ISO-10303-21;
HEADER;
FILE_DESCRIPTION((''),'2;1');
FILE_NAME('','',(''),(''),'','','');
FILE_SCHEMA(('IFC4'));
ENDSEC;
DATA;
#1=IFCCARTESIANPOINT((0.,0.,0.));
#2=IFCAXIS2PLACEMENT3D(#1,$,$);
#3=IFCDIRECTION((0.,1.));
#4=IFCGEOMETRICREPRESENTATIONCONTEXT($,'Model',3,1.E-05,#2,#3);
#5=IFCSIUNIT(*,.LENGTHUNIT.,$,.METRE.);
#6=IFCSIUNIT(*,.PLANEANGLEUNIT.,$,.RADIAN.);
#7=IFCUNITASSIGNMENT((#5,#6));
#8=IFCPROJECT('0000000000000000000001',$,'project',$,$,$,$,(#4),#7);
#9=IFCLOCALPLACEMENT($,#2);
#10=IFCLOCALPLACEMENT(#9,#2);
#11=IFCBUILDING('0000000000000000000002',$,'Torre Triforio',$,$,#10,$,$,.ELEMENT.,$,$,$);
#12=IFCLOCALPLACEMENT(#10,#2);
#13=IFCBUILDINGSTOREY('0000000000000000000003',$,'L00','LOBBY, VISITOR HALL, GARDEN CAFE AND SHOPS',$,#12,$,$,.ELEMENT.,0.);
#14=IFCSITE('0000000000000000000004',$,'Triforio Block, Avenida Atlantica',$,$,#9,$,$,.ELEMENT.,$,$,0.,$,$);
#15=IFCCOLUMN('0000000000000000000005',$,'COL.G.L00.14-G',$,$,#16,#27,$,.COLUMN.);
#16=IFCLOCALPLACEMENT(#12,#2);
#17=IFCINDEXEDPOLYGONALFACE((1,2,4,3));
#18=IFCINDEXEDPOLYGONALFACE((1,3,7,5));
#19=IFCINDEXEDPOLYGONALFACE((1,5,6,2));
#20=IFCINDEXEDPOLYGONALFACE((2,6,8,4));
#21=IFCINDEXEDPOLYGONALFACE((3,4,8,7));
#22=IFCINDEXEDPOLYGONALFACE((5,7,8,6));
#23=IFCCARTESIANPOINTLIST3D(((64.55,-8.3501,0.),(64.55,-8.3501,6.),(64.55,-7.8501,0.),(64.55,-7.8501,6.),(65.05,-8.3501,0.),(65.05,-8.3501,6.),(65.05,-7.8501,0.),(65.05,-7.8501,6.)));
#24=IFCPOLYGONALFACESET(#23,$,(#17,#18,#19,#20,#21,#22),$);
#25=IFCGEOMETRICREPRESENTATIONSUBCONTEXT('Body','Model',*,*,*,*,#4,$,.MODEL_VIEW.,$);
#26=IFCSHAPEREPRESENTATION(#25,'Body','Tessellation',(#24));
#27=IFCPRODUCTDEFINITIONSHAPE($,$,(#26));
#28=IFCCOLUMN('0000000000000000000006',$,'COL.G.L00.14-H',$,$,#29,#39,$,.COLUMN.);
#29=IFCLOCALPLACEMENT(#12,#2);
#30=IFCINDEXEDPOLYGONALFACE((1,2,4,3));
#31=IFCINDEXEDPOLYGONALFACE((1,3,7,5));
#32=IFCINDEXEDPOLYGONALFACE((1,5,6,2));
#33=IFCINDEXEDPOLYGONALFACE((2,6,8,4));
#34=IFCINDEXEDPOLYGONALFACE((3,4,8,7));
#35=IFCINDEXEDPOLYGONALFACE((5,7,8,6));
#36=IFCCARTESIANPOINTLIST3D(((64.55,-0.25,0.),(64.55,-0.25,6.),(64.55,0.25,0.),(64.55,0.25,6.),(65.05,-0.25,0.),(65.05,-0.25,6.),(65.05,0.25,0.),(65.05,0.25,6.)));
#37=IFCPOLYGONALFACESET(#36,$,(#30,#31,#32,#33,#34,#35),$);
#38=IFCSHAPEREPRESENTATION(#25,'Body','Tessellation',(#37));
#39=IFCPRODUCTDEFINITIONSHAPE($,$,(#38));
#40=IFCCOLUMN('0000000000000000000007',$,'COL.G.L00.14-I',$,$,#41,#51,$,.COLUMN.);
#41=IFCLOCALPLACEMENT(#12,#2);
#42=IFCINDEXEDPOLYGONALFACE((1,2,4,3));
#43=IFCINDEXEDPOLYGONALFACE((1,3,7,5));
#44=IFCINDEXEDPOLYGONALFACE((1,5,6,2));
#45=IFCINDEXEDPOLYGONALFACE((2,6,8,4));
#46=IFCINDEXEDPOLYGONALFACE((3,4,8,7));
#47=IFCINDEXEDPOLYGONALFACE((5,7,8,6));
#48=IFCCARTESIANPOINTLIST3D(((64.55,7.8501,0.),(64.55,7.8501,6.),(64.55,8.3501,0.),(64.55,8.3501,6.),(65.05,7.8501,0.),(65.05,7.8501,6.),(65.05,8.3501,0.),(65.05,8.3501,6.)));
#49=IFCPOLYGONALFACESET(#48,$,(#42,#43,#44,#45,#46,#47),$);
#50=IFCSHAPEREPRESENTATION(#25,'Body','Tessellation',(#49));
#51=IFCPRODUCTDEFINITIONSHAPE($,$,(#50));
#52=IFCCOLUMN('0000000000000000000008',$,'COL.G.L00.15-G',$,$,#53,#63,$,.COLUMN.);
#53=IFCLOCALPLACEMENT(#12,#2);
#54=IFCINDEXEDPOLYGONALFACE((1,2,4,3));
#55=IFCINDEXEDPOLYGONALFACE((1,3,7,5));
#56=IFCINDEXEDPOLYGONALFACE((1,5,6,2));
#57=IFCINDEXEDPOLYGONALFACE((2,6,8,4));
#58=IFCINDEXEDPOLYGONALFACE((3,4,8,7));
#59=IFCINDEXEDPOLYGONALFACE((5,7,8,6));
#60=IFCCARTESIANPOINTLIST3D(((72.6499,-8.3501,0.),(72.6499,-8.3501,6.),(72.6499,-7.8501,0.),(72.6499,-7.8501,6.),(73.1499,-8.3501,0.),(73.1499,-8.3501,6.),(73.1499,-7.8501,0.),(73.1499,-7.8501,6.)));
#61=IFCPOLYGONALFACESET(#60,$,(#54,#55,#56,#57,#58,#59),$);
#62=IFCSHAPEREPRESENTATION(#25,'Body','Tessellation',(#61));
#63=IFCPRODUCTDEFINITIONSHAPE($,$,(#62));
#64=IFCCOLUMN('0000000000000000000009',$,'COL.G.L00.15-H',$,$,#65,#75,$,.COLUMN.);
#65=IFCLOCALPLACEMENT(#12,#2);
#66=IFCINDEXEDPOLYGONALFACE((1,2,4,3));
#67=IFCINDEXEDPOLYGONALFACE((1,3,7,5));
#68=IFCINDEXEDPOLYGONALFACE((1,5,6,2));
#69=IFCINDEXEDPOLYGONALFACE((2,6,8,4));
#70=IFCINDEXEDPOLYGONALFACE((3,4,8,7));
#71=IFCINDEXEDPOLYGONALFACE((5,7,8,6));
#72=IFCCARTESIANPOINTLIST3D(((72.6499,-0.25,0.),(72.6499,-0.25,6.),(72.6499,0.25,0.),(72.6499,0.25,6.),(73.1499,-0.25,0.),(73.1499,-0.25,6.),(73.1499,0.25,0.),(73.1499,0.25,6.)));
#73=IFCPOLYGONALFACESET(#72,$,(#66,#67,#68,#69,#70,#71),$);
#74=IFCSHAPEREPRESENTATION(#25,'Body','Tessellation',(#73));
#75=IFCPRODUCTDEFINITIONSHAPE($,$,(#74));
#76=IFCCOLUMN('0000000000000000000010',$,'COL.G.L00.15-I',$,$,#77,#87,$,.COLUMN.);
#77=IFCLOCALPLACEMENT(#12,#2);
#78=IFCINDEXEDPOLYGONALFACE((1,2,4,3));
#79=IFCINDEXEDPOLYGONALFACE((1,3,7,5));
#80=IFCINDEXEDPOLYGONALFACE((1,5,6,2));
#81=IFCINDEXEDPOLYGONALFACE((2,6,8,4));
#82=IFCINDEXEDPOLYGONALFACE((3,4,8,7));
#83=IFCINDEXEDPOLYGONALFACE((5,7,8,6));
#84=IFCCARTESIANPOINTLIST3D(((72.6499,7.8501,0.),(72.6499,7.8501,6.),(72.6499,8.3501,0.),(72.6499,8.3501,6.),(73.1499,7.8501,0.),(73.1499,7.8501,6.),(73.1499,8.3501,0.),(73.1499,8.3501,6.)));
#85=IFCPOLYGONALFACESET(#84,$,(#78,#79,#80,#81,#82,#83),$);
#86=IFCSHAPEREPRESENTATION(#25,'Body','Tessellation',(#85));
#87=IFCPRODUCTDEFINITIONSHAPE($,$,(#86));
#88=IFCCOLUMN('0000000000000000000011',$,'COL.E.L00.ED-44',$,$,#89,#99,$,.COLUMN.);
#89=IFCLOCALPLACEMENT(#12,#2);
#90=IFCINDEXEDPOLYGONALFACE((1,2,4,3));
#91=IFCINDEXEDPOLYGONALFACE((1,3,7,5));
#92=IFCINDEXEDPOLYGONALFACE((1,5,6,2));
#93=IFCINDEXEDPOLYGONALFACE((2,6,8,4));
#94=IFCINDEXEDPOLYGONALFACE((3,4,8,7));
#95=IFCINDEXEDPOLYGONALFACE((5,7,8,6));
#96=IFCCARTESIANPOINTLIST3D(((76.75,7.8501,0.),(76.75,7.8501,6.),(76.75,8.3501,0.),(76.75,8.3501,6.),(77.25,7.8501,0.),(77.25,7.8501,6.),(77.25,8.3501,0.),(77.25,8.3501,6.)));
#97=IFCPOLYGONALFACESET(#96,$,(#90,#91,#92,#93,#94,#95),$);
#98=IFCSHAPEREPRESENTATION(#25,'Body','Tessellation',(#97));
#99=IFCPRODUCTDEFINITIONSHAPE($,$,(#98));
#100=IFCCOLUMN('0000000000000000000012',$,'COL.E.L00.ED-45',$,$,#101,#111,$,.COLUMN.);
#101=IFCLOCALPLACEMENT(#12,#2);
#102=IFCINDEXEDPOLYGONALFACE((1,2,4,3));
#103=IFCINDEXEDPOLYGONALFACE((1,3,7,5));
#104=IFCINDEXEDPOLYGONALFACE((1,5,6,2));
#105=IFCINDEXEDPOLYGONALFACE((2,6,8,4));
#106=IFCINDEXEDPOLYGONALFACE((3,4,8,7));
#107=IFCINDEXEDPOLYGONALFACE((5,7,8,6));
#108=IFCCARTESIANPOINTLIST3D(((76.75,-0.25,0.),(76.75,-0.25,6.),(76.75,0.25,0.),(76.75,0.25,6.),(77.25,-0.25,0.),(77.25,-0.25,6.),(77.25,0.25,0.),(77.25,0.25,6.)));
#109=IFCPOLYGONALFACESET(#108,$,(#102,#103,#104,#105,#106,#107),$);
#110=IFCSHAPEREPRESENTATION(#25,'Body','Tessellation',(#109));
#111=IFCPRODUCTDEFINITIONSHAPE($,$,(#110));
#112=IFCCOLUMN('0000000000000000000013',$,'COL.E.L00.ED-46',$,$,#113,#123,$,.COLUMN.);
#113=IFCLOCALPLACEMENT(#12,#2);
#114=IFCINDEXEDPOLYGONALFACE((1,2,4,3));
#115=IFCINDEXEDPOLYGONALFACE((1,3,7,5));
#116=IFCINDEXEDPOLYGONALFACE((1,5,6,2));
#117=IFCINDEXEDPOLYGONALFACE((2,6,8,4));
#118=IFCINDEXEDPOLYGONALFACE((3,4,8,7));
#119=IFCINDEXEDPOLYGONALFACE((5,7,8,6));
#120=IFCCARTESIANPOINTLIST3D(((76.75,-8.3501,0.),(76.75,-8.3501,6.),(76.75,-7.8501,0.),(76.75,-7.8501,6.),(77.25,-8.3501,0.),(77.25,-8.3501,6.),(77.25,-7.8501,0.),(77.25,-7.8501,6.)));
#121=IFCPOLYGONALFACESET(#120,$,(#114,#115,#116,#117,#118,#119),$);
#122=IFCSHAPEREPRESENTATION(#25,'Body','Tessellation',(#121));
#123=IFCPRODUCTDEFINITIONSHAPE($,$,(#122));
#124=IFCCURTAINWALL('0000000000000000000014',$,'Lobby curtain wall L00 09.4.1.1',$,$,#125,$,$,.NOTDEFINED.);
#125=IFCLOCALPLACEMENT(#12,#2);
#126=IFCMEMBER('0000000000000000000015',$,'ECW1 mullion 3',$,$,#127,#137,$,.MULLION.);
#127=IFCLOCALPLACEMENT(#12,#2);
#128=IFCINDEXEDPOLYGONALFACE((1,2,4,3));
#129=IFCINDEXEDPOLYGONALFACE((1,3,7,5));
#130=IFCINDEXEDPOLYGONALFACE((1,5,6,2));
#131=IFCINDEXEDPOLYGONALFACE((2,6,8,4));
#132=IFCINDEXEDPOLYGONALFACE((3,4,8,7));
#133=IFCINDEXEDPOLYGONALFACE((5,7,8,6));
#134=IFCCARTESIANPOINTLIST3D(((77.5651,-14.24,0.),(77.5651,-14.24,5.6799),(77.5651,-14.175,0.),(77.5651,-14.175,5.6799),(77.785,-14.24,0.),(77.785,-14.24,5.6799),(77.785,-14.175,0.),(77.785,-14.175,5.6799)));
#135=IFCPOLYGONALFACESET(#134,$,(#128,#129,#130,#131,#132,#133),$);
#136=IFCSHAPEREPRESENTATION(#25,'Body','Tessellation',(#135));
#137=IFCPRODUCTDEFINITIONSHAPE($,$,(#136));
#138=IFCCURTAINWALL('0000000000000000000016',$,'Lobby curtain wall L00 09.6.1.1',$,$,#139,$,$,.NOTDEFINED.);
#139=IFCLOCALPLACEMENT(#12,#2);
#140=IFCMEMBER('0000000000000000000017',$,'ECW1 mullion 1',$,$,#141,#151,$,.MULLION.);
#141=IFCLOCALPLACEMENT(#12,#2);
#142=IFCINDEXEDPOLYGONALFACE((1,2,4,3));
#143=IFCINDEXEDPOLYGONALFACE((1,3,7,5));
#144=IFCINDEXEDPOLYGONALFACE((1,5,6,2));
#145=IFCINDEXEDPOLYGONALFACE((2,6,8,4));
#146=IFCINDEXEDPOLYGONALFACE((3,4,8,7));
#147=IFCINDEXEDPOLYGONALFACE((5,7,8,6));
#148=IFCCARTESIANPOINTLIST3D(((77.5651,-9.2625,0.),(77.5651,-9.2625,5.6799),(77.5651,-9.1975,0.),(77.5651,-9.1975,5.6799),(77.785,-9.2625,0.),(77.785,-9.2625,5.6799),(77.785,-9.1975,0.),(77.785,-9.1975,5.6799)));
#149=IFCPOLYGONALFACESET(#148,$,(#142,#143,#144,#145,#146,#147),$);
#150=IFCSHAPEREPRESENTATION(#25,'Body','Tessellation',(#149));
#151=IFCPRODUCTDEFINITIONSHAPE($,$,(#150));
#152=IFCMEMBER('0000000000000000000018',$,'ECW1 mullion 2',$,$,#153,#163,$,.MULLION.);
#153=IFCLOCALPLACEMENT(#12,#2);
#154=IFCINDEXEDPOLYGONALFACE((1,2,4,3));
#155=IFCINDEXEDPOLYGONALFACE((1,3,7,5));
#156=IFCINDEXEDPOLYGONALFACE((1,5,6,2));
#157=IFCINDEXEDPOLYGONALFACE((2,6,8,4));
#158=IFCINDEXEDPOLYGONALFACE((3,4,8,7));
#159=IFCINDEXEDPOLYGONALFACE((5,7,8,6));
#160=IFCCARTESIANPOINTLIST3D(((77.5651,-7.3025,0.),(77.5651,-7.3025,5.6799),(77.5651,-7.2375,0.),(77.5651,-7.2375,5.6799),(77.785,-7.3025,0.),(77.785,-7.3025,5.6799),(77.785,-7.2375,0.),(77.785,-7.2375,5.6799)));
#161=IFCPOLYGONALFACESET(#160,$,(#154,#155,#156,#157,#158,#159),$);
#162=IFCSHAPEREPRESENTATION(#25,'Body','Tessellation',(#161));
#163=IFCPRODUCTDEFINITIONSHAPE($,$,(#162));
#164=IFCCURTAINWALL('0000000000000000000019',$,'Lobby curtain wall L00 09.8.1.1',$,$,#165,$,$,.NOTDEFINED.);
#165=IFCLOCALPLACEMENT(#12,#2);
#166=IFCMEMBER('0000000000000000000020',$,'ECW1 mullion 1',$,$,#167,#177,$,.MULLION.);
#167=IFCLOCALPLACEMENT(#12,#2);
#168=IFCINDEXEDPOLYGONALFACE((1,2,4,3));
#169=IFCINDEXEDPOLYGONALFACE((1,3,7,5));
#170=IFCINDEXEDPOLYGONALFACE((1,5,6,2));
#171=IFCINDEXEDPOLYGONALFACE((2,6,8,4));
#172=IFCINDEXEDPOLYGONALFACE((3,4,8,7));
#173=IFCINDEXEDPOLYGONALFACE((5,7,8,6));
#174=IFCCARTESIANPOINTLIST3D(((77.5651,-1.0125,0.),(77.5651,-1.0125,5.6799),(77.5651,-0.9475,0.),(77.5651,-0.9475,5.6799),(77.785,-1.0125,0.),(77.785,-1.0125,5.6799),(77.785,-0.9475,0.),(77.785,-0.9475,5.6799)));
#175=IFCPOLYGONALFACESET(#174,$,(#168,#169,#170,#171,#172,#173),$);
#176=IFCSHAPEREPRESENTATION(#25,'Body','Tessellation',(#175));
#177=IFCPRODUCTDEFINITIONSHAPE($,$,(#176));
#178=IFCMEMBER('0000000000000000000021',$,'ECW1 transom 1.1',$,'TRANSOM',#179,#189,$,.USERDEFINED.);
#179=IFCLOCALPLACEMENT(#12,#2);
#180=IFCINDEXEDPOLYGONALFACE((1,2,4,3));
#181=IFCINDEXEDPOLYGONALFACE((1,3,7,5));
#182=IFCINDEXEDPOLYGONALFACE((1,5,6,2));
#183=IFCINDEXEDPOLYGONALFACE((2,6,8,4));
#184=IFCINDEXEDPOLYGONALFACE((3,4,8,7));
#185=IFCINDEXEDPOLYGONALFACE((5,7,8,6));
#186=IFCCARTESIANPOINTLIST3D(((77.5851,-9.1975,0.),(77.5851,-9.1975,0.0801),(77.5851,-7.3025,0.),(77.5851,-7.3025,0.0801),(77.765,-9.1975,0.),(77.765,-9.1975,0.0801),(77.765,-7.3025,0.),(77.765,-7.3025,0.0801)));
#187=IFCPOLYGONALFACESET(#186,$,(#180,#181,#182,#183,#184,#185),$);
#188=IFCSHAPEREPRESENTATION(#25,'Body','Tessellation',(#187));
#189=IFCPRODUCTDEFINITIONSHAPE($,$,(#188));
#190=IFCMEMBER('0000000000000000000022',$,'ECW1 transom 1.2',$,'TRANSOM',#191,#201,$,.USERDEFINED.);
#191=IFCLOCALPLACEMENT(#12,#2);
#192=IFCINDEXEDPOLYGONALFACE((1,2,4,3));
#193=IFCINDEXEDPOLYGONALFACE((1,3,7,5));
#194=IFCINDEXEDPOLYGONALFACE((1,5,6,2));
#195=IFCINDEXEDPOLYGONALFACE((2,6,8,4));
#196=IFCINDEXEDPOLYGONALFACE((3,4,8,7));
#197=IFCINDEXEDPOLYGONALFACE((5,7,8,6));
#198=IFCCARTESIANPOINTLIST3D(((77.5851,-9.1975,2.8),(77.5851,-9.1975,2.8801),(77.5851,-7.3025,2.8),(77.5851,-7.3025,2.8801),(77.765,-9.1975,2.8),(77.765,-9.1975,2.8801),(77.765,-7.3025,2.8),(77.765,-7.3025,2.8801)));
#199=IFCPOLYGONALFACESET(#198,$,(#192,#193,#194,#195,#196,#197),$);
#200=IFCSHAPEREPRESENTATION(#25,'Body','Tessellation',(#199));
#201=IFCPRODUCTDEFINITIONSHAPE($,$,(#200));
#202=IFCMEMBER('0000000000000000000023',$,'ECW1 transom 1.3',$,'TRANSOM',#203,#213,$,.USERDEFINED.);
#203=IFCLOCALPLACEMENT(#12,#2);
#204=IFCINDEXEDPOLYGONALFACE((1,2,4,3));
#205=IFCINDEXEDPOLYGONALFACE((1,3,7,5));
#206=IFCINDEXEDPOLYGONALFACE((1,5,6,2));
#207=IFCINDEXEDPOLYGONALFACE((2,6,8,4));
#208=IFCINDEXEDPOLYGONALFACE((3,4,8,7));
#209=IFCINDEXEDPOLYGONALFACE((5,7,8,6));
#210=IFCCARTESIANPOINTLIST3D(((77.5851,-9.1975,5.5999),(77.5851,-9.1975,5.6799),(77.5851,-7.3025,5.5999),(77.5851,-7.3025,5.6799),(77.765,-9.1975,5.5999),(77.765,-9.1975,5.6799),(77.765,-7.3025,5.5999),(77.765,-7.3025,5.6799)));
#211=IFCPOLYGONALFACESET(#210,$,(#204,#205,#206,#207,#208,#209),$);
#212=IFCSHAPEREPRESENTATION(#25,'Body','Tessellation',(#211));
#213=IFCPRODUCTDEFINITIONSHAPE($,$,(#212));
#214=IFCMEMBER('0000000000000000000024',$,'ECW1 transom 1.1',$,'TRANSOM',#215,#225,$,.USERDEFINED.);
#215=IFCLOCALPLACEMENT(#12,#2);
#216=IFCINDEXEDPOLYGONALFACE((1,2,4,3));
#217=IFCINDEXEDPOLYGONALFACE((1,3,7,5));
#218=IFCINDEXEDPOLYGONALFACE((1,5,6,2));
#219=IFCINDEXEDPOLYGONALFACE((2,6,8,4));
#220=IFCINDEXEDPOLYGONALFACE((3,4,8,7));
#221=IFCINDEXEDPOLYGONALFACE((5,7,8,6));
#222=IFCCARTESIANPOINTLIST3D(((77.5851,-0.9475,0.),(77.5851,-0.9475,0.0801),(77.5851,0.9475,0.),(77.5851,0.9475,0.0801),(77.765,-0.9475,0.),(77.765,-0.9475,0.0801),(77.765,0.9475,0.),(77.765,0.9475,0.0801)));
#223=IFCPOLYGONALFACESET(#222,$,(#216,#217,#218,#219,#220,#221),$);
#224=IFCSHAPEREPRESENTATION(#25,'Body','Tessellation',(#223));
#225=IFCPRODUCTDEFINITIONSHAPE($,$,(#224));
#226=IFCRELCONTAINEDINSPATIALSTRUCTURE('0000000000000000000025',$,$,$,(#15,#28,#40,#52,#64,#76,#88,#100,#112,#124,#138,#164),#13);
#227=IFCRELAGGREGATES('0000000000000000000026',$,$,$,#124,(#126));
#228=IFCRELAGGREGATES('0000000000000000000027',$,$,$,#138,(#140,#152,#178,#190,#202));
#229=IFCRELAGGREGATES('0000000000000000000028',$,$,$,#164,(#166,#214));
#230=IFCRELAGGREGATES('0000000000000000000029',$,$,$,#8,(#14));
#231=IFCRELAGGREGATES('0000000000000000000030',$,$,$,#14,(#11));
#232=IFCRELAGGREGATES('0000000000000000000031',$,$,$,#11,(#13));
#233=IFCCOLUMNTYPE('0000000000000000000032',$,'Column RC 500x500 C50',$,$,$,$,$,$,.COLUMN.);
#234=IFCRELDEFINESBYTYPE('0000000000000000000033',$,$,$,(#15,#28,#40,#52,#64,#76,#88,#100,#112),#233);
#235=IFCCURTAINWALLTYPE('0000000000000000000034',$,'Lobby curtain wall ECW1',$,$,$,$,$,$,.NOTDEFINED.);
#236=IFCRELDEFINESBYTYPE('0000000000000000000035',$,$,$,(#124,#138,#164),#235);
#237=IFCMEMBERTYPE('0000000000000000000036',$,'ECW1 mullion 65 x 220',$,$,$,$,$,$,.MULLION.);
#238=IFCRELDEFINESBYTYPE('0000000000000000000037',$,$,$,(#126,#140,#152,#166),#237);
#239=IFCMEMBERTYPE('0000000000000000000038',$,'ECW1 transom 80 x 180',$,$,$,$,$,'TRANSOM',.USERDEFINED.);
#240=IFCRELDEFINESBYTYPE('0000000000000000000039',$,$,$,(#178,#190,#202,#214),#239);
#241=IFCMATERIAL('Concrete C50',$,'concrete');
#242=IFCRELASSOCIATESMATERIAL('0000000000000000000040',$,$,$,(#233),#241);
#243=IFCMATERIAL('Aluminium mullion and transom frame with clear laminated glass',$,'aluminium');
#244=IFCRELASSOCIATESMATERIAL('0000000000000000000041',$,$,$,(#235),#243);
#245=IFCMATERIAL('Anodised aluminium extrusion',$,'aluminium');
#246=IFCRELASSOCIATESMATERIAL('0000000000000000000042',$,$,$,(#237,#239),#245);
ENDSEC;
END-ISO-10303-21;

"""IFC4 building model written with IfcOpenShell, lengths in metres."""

from ifc_helpers import new_model, si_unit, direction, frame, origin, origin_2d, place, context, subcontext, project, spatial, rectangle, extrude, material, material_profile, profile_set, type_object, element, aggregate, save


model = new_model("IFC4")

# Units and contexts
model_context = context("Model", 3, precision=1e-05, world=origin(), true_north=direction((0.0, 1.0)))
body_context = subcontext(model_context, "Body", "Model", "MODEL_VIEW")
ifc_project = project(units=[si_unit("LENGTHUNIT", "METRE"), si_unit("PLANEANGLEUNIT", "RADIAN")], contexts=[model_context])

# Site, building, storey
site_placement = place(None, origin())
site = spatial("IfcSite", under=ifc_project, at=site_placement, Name="Triforio Block, Avenida Atlantica", CompositionType="ELEMENT", RefElevation=0.0)
building_placement = place(site_placement, origin())
building = spatial("IfcBuilding", under=site, at=building_placement, Name="Torre Triforio", CompositionType="ELEMENT")
storey_placement = place(building_placement, origin())
storey = spatial("IfcBuildingStorey", under=building, at=storey_placement, Name="L00", Description="LOBBY, VISITOR HALL, GARDEN CAFE AND SHOPS", CompositionType="ELEMENT", Elevation=0.0)

# Columns
ifc_material_1 = material(Name="Concrete C50", Category="concrete")
ifc_material_profile_1 = material_profile(ifc_material_1, rectangle(XDim=0.5, YDim=0.5, at=origin_2d()), Name="RC 500x500")
ifc_profile_set_1 = profile_set([ifc_material_profile_1], Name="Concrete C50")
column_type = type_object("IfcColumnType", Name="Column RC 500x500 C50", PredefinedType="COLUMN", material=ifc_profile_set_1)
for number, where, z_axis, x_axis, name in (
    (1, (64.8, -8.1001, 0.0), (0.0, 0.0, 1.0), (1.0, 0.0, 0.0), "COL.G.L00.14-G"),
    (2, (64.8, 0.0, 0.0), (0.0, 0.0, 1.0), (1.0, 0.0, 0.0), "COL.G.L00.14-H"),
    (3, (64.8, 8.1001, 0.0), (0.0, 0.0, 1.0), (1.0, 0.0, 0.0), "COL.G.L00.14-I"),
    (4, (72.8999, -8.1001, 0.0), (0.0, 0.0, 1.0), (1.0, 0.0, 0.0), "COL.G.L00.15-G"),
    (5, (72.8999, 0.0, 0.0), (0.0, 0.0, 1.0), (1.0, 0.0, 0.0), "COL.G.L00.15-H"),
    (6, (72.8999, 8.1001, 0.0), (0.0, 0.0, 1.0), (1.0, 0.0, 0.0), "COL.G.L00.15-I"),
    (7, (77.0, 8.1001, 0.0), (0.0, 0.0, 1.0), (1.0, 0.0, 0.0), "COL.E.L00.ED-44"),
    (8, (77.0, 0.0, 0.0), (0.0, 0.0, 1.0), (1.0, 0.0, 0.0), "COL.E.L00.ED-45"),
    (9, (77.0, -8.1001, 0.0), (0.0, 0.0, 1.0), (1.0, 0.0, 0.0), "COL.E.L00.ED-46"),
):
    element("IfcColumn", number, at=place(storey_placement, frame(where, z_axis=z_axis, x_axis=x_axis)), inside=storey, type_object=column_type, Name=name, PredefinedType="COLUMN", context=body_context, shape_type="SweptSolid", body=[
        extrude(rectangle(XDim=0.5, YDim=0.5, at=origin_2d()), origin(), (0.0, 0.0, 1.0), 6.0),
    ])

# Curtain wall, member
ifc_material_2 = material(Name="Aluminium mullion and transom frame with clear laminated glass", Category="aluminium")
curtain_wall_type = type_object("IfcCurtainWallType", Name="Lobby curtain wall ECW1", PredefinedType="NOTDEFINED", material=ifc_material_2)
curtain_wall_1_placement = place(storey_placement, origin())
curtain_wall_1 = element("IfcCurtainWall", 10, at=curtain_wall_1_placement, inside=storey, type_object=curtain_wall_type, Name="Lobby curtain wall L00 09.4.1.1", PredefinedType="NOTDEFINED")
ifc_material_3 = material(Name="Anodised aluminium extrusion", Category="aluminium")
ifc_material_profile_2 = material_profile(ifc_material_3, rectangle(XDim=0.22, YDim=0.0649, at=origin_2d()), Name="ECW1 MULLION 65x220")
ifc_profile_set_2 = profile_set([ifc_material_profile_2], Name="Anodised aluminium extrusion")
member_type_1 = type_object("IfcMemberType", Name="ECW1 mullion 65 x 220", PredefinedType="MULLION", material=ifc_profile_set_2)
member_1_placement = place(storey_placement, frame((77.675, -14.2075, 0.0), z_axis=(0.0, 0.0, 1.0), x_axis=(-1.0, 0.0, 0.0)))
member_1 = element("IfcMember", 11, at=member_1_placement, type_object=member_type_1, Name="ECW1 mullion 3", PredefinedType="MULLION", context=body_context, shape_type="SweptSolid", body=[
    extrude(rectangle(XDim=0.22, YDim=0.0649, at=origin_2d()), origin(), (0.0, 0.0, 1.0), 5.6799),
])

# Curtain wall, members
curtain_wall_2_placement = place(storey_placement, origin())
curtain_wall_2 = element("IfcCurtainWall", 12, at=curtain_wall_2_placement, inside=storey, type_object=curtain_wall_type, Name="Lobby curtain wall L00 09.6.1.1", PredefinedType="NOTDEFINED")
member_2_placement = place(storey_placement, frame((77.675, -9.23, 0.0), z_axis=(0.0, 0.0, 1.0), x_axis=(-1.0, 0.0, 0.0)))
member_2 = element("IfcMember", 13, at=member_2_placement, type_object=member_type_1, Name="ECW1 mullion 1", PredefinedType="MULLION", context=body_context, shape_type="SweptSolid", body=[
    extrude(rectangle(XDim=0.22, YDim=0.0649, at=origin_2d()), origin(), (0.0, 0.0, 1.0), 5.6799),
])
member_3_placement = place(storey_placement, frame((77.675, -7.27, 0.0), z_axis=(0.0, 0.0, 1.0), x_axis=(-1.0, 0.0, 0.0)))
member_3 = element("IfcMember", 14, at=member_3_placement, type_object=member_type_1, Name="ECW1 mullion 2", PredefinedType="MULLION", context=body_context, shape_type="SweptSolid", body=[
    extrude(rectangle(XDim=0.22, YDim=0.0649, at=origin_2d()), origin(), (0.0, 0.0, 1.0), 5.6799),
])

# Curtain wall, member
curtain_wall_3_placement = place(storey_placement, origin())
curtain_wall_3 = element("IfcCurtainWall", 15, at=curtain_wall_3_placement, inside=storey, type_object=curtain_wall_type, Name="Lobby curtain wall L00 09.8.1.1", PredefinedType="NOTDEFINED")
member_4_placement = place(storey_placement, frame((77.675, -0.98, 0.0), z_axis=(0.0, 0.0, 1.0), x_axis=(-1.0, 0.0, 0.0)))
member_4 = element("IfcMember", 16, at=member_4_placement, type_object=member_type_1, Name="ECW1 mullion 1", PredefinedType="MULLION", context=body_context, shape_type="SweptSolid", body=[
    extrude(rectangle(XDim=0.22, YDim=0.0649, at=origin_2d()), origin(), (0.0, 0.0, 1.0), 5.6799),
])

# Members
ifc_material_profile_3 = material_profile(ifc_material_3, rectangle(XDim=0.1799, YDim=0.0801, at=origin_2d()), Name="ECW1 TRANSOM 80x180")
ifc_profile_set_3 = profile_set([ifc_material_profile_3], Name="Anodised aluminium extrusion")
member_type_2 = type_object("IfcMemberType", Name="ECW1 transom 80 x 180", ElementType="TRANSOM", PredefinedType="USERDEFINED", material=ifc_profile_set_3)
member_5_placement = place(storey_placement, frame((77.675, -9.1975, 0.04), z_axis=(0.0, 1.0, 0.0), x_axis=(-1.0, 0.0, 0.0)))
member_5 = element("IfcMember", 17, at=member_5_placement, type_object=member_type_2, Name="ECW1 transom 1.1", ObjectType="TRANSOM", PredefinedType="USERDEFINED", context=body_context, shape_type="SweptSolid", body=[
    extrude(rectangle(XDim=0.1799, YDim=0.0801, at=origin_2d()), origin(), (0.0, 0.0, 1.0), 1.895),
])
member_6_placement = place(storey_placement, frame((77.675, -9.1975, 2.8401), z_axis=(0.0, 1.0, 0.0), x_axis=(-1.0, 0.0, 0.0)))
member_6 = element("IfcMember", 18, at=member_6_placement, type_object=member_type_2, Name="ECW1 transom 1.2", ObjectType="TRANSOM", PredefinedType="USERDEFINED", context=body_context, shape_type="SweptSolid", body=[
    extrude(rectangle(XDim=0.1799, YDim=0.0801, at=origin_2d()), origin(), (0.0, 0.0, 1.0), 1.895),
])
member_7_placement = place(storey_placement, frame((77.675, -9.1975, 5.6399), z_axis=(0.0, 1.0, 0.0), x_axis=(-1.0, 0.0, 0.0)))
member_7 = element("IfcMember", 19, at=member_7_placement, type_object=member_type_2, Name="ECW1 transom 1.3", ObjectType="TRANSOM", PredefinedType="USERDEFINED", context=body_context, shape_type="SweptSolid", body=[
    extrude(rectangle(XDim=0.1799, YDim=0.0801, at=origin_2d()), origin(), (0.0, 0.0, 1.0), 1.895),
])
member_8_placement = place(storey_placement, frame((77.675, -0.9475, 0.04), z_axis=(0.0, 1.0, 0.0), x_axis=(-1.0, 0.0, 0.0)))
member_8 = element("IfcMember", 20, at=member_8_placement, type_object=member_type_2, Name="ECW1 transom 1.1", ObjectType="TRANSOM", PredefinedType="USERDEFINED", context=body_context, shape_type="SweptSolid", body=[
    extrude(rectangle(XDim=0.1799, YDim=0.0801, at=origin_2d()), origin(), (0.0, 0.0, 1.0), 1.895),
])

aggregate(curtain_wall_1, [member_1])
aggregate(curtain_wall_2, [member_2, member_3, member_5, member_6, member_7])
aggregate(curtain_wall_3, [member_4, member_8])

save(model, "model.ifc")
